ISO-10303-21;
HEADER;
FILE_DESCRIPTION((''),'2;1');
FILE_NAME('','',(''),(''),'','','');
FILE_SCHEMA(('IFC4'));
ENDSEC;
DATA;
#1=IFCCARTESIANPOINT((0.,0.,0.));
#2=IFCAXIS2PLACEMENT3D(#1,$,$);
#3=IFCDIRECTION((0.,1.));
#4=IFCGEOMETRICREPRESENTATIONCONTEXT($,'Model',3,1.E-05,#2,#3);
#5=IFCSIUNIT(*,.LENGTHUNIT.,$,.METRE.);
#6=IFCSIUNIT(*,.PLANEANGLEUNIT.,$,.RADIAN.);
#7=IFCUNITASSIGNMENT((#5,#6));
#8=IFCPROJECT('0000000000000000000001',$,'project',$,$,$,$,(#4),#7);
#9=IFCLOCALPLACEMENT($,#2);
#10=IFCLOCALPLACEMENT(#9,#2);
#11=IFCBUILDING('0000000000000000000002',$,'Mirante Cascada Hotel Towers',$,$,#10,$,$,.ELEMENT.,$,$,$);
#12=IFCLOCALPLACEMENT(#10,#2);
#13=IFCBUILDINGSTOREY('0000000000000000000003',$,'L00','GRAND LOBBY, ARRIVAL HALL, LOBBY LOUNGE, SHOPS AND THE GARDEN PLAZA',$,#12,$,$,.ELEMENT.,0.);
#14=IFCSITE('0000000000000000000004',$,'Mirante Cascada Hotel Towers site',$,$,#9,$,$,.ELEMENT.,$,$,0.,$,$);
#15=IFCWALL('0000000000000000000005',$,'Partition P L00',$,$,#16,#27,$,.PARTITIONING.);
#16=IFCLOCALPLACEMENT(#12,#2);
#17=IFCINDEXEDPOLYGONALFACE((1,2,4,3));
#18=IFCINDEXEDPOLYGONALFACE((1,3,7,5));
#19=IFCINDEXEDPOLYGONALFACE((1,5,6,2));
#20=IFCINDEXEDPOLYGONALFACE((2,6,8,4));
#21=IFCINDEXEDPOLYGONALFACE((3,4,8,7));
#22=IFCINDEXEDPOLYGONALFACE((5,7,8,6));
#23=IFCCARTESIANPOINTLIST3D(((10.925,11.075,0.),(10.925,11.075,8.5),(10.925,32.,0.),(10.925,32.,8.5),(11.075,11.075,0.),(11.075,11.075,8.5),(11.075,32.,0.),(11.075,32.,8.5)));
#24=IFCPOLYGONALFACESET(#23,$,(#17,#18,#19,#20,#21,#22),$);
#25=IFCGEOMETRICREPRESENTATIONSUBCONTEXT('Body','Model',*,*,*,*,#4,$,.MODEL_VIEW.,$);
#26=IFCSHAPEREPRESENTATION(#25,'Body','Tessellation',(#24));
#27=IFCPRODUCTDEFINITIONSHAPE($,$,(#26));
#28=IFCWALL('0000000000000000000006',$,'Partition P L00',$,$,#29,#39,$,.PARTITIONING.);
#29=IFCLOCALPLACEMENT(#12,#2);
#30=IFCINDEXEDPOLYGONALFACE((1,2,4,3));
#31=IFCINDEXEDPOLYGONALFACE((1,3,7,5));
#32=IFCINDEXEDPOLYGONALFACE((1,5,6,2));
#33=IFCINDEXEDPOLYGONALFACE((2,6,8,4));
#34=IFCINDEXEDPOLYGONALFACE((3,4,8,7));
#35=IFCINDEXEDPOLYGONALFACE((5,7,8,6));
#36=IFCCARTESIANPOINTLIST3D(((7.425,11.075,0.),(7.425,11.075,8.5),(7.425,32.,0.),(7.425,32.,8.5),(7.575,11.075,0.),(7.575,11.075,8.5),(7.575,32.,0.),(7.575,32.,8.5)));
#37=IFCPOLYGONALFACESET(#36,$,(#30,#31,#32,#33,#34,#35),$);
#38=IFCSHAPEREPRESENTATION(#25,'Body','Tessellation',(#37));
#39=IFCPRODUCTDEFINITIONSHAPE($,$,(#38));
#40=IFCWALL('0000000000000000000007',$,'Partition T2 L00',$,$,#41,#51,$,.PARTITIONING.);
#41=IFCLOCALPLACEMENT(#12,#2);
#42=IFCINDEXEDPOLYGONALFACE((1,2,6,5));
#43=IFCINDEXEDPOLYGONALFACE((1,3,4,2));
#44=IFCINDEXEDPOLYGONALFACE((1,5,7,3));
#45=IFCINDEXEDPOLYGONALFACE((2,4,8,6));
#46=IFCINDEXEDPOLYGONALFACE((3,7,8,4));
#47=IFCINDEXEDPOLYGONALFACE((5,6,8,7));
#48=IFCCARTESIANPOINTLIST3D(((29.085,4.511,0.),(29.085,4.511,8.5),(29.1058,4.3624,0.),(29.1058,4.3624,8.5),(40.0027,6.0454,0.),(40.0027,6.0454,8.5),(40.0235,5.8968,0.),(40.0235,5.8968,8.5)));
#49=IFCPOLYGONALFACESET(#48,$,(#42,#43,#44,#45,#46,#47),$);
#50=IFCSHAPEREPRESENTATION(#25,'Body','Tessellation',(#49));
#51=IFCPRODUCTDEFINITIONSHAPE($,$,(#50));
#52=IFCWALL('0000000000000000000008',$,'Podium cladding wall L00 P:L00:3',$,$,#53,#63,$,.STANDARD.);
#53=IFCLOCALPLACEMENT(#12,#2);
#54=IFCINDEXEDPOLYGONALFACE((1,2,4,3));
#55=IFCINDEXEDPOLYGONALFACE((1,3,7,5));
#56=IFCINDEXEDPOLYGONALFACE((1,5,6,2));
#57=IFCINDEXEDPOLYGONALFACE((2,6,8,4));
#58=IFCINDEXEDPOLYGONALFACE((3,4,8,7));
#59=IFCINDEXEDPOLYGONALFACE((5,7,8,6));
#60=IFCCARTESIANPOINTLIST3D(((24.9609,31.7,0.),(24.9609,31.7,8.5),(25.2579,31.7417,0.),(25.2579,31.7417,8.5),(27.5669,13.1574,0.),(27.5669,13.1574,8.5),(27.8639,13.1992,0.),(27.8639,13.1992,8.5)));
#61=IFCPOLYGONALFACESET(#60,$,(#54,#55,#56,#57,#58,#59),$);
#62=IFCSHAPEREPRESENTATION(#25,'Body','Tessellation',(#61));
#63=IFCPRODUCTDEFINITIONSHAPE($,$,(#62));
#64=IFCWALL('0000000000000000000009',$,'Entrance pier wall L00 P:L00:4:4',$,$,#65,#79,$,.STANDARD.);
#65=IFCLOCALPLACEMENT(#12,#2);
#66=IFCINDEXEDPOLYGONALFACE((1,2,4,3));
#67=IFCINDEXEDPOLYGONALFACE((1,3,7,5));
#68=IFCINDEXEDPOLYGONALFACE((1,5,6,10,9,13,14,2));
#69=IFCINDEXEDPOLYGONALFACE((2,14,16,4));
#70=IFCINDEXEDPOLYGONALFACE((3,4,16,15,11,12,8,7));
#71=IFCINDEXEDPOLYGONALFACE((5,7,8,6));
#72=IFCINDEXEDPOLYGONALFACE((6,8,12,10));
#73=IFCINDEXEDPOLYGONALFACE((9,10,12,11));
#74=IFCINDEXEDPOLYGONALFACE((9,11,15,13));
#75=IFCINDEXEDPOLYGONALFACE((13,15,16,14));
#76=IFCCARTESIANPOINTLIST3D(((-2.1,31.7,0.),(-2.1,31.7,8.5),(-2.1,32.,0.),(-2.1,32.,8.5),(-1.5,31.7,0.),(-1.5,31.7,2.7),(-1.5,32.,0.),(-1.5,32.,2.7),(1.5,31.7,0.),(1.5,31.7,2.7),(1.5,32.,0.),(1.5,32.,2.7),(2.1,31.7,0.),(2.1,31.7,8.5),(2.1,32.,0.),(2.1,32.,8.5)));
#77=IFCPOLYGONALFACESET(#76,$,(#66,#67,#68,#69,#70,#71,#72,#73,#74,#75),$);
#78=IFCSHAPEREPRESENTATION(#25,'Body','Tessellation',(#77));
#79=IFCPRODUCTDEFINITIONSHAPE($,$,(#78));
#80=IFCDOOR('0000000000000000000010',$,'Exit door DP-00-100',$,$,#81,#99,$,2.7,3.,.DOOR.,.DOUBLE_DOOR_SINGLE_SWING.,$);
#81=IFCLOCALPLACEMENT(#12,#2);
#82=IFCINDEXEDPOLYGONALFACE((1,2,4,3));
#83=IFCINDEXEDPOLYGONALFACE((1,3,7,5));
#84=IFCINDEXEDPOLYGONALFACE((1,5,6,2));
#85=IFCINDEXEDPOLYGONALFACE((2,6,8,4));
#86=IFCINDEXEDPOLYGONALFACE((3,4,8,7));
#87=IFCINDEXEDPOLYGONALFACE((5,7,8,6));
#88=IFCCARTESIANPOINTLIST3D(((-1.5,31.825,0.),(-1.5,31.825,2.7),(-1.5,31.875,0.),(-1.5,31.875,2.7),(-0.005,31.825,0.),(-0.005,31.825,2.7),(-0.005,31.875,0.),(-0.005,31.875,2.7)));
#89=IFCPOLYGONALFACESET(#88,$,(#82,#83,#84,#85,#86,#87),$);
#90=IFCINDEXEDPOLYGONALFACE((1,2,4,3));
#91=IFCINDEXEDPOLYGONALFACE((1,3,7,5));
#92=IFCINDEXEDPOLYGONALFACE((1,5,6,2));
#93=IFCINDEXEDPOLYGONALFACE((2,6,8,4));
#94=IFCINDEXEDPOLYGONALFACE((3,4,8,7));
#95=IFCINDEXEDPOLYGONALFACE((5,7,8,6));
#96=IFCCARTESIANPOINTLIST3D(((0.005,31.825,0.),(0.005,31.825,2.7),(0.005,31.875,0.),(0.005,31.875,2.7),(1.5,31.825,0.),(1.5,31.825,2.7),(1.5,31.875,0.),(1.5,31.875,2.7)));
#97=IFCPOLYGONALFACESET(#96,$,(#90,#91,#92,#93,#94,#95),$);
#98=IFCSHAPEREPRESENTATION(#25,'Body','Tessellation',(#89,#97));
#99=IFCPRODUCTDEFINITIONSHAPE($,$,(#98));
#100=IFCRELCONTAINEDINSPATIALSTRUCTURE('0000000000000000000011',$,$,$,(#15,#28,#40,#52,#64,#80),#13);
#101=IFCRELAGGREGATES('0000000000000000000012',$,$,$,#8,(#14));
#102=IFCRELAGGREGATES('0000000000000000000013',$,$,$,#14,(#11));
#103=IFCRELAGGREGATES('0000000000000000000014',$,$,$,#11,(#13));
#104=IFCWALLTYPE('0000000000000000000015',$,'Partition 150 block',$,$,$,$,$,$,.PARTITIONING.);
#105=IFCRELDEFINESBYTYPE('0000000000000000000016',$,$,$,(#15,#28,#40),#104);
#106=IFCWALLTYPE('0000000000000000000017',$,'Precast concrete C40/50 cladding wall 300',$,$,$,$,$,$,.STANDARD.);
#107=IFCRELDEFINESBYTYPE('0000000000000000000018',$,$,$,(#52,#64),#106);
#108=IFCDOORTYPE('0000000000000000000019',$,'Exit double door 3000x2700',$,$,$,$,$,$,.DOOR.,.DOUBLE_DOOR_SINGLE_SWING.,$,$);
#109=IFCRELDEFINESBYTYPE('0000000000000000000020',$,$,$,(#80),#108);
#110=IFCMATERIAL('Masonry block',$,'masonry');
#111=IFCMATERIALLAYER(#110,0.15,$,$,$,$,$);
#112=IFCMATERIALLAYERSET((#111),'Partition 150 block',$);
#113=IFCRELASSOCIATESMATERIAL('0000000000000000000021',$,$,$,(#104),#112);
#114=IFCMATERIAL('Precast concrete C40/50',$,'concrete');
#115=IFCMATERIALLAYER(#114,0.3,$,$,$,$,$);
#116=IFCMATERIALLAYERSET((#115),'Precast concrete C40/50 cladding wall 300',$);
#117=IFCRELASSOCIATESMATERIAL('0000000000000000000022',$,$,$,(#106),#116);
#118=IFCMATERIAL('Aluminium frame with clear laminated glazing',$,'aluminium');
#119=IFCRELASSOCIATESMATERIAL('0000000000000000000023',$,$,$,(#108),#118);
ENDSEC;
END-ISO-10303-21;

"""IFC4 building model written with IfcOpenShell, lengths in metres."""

from ifc_helpers import new_model, si_unit, direction, frame, frame_2d, origin, place, context, subcontext, project, spatial, rectangle, extrude, material, layer, layer_set, type_object, element, fill, save


model = new_model("IFC4")

# Units and contexts
model_context = context("Model", 3, precision=1e-05, world=origin(), true_north=direction((0.0, 1.0)))
body_context = subcontext(model_context, "Body", "Model", "MODEL_VIEW")
ifc_project = project(units=[si_unit("LENGTHUNIT", "METRE"), si_unit("PLANEANGLEUNIT", "RADIAN")], contexts=[model_context])

# Site, building, storey
site_placement = place(None, origin())
site = spatial("IfcSite", under=ifc_project, at=site_placement, Name="Mirante Cascada Hotel Towers site", CompositionType="ELEMENT", RefElevation=0.0)
building_placement = place(site_placement, origin())
building = spatial("IfcBuilding", under=site, at=building_placement, Name="Mirante Cascada Hotel Towers", CompositionType="ELEMENT")
storey_placement = place(building_placement, origin())
storey = spatial("IfcBuildingStorey", under=building, at=storey_placement, Name="L00", Description="GRAND LOBBY, ARRIVAL HALL, LOBBY LOUNGE, SHOPS AND THE GARDEN PLAZA", CompositionType="ELEMENT", Elevation=0.0)

# Walls
ifc_material_1 = material(Name="Masonry block", Category="masonry")
ifc_layer_1 = layer(ifc_material_1, 0.15)
ifc_layer_set_1 = layer_set([ifc_layer_1], Name="Partition 150 block")
wall_type_1 = type_object("IfcWallType", Name="Partition 150 block", PredefinedType="PARTITIONING", material=ifc_layer_set_1)
for number, where, z_axis, x_axis, name in (
    (1, (11.0, 11.075, 0.0), (0.0, 0.0, 1.0), (0.0, 1.0, 0.0), "Partition P L00"),
    (2, (7.5, 11.075, 0.0), (0.0, 0.0, 1.0), (0.0, 1.0, 0.0), "Partition P L00"),
):
    element("IfcWall", number, at=place(storey_placement, frame(where, z_axis=z_axis, x_axis=x_axis)), inside=storey, type_object=wall_type_1, Name=name, PredefinedType="PARTITIONING", context=body_context, shape_type="SweptSolid", body=[
        extrude(rectangle(XDim=20.925, YDim=0.15, at=frame_2d((10.4625, 0.0))), origin(), (0.0, 0.0, 1.0), 8.5),
    ])
wall_1_placement = place(storey_placement, frame((29.0954, 4.4367, 0.0), z_axis=(0.0, 0.0, 1.0), x_axis=(0.990268, 0.139175, 0.0)))
element("IfcWall", 3, at=wall_1_placement, inside=storey, type_object=wall_type_1, Name="Partition T2 L00", PredefinedType="PARTITIONING", context=body_context, shape_type="SweptSolid", body=[
    extrude(rectangle(XDim=11.025, YDim=0.15, at=frame_2d((5.5125, 0.0))), origin(), (0.0, 0.0, 1.0), 8.5),
])
ifc_material_2 = material(Name="Precast concrete C40/50", Category="concrete")
ifc_layer_2 = layer(ifc_material_2, 0.3)
ifc_layer_set_2 = layer_set([ifc_layer_2], Name="Precast concrete C40/50 cladding wall 300")
wall_type_2 = type_object("IfcWallType", Name="Precast concrete C40/50 cladding wall 300", PredefinedType="STANDARD", material=ifc_layer_set_2)
wall_2_placement = place(storey_placement, frame((27.7154, 13.1783, 0.0), z_axis=(0.0, 0.0, 1.0), x_axis=(-0.139174, 0.990268, 0.0)))
element("IfcWall", 4, at=wall_2_placement, inside=storey, type_object=wall_type_2, Name="Podium cladding wall L00 P:L00:3", PredefinedType="STANDARD", context=body_context, shape_type="SweptSolid", body=[
    extrude(rectangle(XDim=18.7248, YDim=0.3, at=frame_2d((9.3624, 0.0))), origin(), (0.0, 0.0, 1.0), 8.5),
])

# Wall, opening, door
wall_3_placement = place(storey_placement, frame((2.1, 31.85, 0.0), z_axis=(0.0, 0.0, 1.0), x_axis=(-1.0, 0.0, 0.0)))
wall_3 = element("IfcWall", 5, at=wall_3_placement, inside=storey, type_object=wall_type_2, Name="Entrance pier wall L00 P:L00:4:4", PredefinedType="STANDARD", context=body_context, shape_type="SweptSolid", body=[
    extrude(rectangle(XDim=4.2, YDim=0.3, at=frame_2d((2.1, 0.0))), origin(), (0.0, 0.0, 1.0), 8.5),
])
opening_1_placement = place(wall_3_placement, frame((0.6, 0.0, 0.0)))
opening_1 = element("IfcOpeningElement", 6, at=opening_1_placement, cuts=wall_3, PredefinedType="OPENING", context=body_context, shape_type="SweptSolid", body=[
    extrude(rectangle(XDim=3.0, YDim=2.7, at=frame_2d((1.5, 1.35))), frame((0.0, 0.15, 0.0), z_axis=(0.0, -1.0, 0.0), x_axis=(1.0, 0.0, 0.0)), (0.0, 0.0, 1.0), 0.3),
])
ifc_material_3 = material(Name="Aluminium frame with clear laminated glazing", Category="aluminium")
door_type_1 = type_object("IfcDoorType", Name="Exit double door 3000x2700", OperationType="DOUBLE_DOOR_SINGLE_SWING", PredefinedType="DOOR", material=ifc_material_3)
door_1_placement = place(opening_1_placement, frame((3.0, 0.0, 0.0), z_axis=(0.0, 0.0, 1.0), x_axis=(-1.0, 0.0, 0.0)))
door_1 = element("IfcDoor", 7, at=door_1_placement, inside=storey, type_object=door_type_1, Name="Exit door DP-00-100", OperationType="DOUBLE_DOOR_SINGLE_SWING", OverallHeight=2.7, OverallWidth=3.0, PredefinedType="DOOR", context=body_context, shape_type="SweptSolid", body=[
    extrude(rectangle(XDim=1.495, YDim=2.7, at=frame_2d((0.7475, 1.35))), frame((0.0, 0.025, 0.0), z_axis=(0.0, -1.0, 0.0), x_axis=(1.0, 0.0, 0.0)), (0.0, 0.0, 1.0), 0.05),
    extrude(rectangle(XDim=1.495, YDim=2.7, at=frame_2d((2.2525, 1.35))), frame((0.0, 0.025, 0.0), z_axis=(0.0, -1.0, 0.0), x_axis=(1.0, 0.0, 0.0)), (0.0, 0.0, 1.0), 0.05),
])
fill(opening_1, door_1)

save(model, "model.ifc")
